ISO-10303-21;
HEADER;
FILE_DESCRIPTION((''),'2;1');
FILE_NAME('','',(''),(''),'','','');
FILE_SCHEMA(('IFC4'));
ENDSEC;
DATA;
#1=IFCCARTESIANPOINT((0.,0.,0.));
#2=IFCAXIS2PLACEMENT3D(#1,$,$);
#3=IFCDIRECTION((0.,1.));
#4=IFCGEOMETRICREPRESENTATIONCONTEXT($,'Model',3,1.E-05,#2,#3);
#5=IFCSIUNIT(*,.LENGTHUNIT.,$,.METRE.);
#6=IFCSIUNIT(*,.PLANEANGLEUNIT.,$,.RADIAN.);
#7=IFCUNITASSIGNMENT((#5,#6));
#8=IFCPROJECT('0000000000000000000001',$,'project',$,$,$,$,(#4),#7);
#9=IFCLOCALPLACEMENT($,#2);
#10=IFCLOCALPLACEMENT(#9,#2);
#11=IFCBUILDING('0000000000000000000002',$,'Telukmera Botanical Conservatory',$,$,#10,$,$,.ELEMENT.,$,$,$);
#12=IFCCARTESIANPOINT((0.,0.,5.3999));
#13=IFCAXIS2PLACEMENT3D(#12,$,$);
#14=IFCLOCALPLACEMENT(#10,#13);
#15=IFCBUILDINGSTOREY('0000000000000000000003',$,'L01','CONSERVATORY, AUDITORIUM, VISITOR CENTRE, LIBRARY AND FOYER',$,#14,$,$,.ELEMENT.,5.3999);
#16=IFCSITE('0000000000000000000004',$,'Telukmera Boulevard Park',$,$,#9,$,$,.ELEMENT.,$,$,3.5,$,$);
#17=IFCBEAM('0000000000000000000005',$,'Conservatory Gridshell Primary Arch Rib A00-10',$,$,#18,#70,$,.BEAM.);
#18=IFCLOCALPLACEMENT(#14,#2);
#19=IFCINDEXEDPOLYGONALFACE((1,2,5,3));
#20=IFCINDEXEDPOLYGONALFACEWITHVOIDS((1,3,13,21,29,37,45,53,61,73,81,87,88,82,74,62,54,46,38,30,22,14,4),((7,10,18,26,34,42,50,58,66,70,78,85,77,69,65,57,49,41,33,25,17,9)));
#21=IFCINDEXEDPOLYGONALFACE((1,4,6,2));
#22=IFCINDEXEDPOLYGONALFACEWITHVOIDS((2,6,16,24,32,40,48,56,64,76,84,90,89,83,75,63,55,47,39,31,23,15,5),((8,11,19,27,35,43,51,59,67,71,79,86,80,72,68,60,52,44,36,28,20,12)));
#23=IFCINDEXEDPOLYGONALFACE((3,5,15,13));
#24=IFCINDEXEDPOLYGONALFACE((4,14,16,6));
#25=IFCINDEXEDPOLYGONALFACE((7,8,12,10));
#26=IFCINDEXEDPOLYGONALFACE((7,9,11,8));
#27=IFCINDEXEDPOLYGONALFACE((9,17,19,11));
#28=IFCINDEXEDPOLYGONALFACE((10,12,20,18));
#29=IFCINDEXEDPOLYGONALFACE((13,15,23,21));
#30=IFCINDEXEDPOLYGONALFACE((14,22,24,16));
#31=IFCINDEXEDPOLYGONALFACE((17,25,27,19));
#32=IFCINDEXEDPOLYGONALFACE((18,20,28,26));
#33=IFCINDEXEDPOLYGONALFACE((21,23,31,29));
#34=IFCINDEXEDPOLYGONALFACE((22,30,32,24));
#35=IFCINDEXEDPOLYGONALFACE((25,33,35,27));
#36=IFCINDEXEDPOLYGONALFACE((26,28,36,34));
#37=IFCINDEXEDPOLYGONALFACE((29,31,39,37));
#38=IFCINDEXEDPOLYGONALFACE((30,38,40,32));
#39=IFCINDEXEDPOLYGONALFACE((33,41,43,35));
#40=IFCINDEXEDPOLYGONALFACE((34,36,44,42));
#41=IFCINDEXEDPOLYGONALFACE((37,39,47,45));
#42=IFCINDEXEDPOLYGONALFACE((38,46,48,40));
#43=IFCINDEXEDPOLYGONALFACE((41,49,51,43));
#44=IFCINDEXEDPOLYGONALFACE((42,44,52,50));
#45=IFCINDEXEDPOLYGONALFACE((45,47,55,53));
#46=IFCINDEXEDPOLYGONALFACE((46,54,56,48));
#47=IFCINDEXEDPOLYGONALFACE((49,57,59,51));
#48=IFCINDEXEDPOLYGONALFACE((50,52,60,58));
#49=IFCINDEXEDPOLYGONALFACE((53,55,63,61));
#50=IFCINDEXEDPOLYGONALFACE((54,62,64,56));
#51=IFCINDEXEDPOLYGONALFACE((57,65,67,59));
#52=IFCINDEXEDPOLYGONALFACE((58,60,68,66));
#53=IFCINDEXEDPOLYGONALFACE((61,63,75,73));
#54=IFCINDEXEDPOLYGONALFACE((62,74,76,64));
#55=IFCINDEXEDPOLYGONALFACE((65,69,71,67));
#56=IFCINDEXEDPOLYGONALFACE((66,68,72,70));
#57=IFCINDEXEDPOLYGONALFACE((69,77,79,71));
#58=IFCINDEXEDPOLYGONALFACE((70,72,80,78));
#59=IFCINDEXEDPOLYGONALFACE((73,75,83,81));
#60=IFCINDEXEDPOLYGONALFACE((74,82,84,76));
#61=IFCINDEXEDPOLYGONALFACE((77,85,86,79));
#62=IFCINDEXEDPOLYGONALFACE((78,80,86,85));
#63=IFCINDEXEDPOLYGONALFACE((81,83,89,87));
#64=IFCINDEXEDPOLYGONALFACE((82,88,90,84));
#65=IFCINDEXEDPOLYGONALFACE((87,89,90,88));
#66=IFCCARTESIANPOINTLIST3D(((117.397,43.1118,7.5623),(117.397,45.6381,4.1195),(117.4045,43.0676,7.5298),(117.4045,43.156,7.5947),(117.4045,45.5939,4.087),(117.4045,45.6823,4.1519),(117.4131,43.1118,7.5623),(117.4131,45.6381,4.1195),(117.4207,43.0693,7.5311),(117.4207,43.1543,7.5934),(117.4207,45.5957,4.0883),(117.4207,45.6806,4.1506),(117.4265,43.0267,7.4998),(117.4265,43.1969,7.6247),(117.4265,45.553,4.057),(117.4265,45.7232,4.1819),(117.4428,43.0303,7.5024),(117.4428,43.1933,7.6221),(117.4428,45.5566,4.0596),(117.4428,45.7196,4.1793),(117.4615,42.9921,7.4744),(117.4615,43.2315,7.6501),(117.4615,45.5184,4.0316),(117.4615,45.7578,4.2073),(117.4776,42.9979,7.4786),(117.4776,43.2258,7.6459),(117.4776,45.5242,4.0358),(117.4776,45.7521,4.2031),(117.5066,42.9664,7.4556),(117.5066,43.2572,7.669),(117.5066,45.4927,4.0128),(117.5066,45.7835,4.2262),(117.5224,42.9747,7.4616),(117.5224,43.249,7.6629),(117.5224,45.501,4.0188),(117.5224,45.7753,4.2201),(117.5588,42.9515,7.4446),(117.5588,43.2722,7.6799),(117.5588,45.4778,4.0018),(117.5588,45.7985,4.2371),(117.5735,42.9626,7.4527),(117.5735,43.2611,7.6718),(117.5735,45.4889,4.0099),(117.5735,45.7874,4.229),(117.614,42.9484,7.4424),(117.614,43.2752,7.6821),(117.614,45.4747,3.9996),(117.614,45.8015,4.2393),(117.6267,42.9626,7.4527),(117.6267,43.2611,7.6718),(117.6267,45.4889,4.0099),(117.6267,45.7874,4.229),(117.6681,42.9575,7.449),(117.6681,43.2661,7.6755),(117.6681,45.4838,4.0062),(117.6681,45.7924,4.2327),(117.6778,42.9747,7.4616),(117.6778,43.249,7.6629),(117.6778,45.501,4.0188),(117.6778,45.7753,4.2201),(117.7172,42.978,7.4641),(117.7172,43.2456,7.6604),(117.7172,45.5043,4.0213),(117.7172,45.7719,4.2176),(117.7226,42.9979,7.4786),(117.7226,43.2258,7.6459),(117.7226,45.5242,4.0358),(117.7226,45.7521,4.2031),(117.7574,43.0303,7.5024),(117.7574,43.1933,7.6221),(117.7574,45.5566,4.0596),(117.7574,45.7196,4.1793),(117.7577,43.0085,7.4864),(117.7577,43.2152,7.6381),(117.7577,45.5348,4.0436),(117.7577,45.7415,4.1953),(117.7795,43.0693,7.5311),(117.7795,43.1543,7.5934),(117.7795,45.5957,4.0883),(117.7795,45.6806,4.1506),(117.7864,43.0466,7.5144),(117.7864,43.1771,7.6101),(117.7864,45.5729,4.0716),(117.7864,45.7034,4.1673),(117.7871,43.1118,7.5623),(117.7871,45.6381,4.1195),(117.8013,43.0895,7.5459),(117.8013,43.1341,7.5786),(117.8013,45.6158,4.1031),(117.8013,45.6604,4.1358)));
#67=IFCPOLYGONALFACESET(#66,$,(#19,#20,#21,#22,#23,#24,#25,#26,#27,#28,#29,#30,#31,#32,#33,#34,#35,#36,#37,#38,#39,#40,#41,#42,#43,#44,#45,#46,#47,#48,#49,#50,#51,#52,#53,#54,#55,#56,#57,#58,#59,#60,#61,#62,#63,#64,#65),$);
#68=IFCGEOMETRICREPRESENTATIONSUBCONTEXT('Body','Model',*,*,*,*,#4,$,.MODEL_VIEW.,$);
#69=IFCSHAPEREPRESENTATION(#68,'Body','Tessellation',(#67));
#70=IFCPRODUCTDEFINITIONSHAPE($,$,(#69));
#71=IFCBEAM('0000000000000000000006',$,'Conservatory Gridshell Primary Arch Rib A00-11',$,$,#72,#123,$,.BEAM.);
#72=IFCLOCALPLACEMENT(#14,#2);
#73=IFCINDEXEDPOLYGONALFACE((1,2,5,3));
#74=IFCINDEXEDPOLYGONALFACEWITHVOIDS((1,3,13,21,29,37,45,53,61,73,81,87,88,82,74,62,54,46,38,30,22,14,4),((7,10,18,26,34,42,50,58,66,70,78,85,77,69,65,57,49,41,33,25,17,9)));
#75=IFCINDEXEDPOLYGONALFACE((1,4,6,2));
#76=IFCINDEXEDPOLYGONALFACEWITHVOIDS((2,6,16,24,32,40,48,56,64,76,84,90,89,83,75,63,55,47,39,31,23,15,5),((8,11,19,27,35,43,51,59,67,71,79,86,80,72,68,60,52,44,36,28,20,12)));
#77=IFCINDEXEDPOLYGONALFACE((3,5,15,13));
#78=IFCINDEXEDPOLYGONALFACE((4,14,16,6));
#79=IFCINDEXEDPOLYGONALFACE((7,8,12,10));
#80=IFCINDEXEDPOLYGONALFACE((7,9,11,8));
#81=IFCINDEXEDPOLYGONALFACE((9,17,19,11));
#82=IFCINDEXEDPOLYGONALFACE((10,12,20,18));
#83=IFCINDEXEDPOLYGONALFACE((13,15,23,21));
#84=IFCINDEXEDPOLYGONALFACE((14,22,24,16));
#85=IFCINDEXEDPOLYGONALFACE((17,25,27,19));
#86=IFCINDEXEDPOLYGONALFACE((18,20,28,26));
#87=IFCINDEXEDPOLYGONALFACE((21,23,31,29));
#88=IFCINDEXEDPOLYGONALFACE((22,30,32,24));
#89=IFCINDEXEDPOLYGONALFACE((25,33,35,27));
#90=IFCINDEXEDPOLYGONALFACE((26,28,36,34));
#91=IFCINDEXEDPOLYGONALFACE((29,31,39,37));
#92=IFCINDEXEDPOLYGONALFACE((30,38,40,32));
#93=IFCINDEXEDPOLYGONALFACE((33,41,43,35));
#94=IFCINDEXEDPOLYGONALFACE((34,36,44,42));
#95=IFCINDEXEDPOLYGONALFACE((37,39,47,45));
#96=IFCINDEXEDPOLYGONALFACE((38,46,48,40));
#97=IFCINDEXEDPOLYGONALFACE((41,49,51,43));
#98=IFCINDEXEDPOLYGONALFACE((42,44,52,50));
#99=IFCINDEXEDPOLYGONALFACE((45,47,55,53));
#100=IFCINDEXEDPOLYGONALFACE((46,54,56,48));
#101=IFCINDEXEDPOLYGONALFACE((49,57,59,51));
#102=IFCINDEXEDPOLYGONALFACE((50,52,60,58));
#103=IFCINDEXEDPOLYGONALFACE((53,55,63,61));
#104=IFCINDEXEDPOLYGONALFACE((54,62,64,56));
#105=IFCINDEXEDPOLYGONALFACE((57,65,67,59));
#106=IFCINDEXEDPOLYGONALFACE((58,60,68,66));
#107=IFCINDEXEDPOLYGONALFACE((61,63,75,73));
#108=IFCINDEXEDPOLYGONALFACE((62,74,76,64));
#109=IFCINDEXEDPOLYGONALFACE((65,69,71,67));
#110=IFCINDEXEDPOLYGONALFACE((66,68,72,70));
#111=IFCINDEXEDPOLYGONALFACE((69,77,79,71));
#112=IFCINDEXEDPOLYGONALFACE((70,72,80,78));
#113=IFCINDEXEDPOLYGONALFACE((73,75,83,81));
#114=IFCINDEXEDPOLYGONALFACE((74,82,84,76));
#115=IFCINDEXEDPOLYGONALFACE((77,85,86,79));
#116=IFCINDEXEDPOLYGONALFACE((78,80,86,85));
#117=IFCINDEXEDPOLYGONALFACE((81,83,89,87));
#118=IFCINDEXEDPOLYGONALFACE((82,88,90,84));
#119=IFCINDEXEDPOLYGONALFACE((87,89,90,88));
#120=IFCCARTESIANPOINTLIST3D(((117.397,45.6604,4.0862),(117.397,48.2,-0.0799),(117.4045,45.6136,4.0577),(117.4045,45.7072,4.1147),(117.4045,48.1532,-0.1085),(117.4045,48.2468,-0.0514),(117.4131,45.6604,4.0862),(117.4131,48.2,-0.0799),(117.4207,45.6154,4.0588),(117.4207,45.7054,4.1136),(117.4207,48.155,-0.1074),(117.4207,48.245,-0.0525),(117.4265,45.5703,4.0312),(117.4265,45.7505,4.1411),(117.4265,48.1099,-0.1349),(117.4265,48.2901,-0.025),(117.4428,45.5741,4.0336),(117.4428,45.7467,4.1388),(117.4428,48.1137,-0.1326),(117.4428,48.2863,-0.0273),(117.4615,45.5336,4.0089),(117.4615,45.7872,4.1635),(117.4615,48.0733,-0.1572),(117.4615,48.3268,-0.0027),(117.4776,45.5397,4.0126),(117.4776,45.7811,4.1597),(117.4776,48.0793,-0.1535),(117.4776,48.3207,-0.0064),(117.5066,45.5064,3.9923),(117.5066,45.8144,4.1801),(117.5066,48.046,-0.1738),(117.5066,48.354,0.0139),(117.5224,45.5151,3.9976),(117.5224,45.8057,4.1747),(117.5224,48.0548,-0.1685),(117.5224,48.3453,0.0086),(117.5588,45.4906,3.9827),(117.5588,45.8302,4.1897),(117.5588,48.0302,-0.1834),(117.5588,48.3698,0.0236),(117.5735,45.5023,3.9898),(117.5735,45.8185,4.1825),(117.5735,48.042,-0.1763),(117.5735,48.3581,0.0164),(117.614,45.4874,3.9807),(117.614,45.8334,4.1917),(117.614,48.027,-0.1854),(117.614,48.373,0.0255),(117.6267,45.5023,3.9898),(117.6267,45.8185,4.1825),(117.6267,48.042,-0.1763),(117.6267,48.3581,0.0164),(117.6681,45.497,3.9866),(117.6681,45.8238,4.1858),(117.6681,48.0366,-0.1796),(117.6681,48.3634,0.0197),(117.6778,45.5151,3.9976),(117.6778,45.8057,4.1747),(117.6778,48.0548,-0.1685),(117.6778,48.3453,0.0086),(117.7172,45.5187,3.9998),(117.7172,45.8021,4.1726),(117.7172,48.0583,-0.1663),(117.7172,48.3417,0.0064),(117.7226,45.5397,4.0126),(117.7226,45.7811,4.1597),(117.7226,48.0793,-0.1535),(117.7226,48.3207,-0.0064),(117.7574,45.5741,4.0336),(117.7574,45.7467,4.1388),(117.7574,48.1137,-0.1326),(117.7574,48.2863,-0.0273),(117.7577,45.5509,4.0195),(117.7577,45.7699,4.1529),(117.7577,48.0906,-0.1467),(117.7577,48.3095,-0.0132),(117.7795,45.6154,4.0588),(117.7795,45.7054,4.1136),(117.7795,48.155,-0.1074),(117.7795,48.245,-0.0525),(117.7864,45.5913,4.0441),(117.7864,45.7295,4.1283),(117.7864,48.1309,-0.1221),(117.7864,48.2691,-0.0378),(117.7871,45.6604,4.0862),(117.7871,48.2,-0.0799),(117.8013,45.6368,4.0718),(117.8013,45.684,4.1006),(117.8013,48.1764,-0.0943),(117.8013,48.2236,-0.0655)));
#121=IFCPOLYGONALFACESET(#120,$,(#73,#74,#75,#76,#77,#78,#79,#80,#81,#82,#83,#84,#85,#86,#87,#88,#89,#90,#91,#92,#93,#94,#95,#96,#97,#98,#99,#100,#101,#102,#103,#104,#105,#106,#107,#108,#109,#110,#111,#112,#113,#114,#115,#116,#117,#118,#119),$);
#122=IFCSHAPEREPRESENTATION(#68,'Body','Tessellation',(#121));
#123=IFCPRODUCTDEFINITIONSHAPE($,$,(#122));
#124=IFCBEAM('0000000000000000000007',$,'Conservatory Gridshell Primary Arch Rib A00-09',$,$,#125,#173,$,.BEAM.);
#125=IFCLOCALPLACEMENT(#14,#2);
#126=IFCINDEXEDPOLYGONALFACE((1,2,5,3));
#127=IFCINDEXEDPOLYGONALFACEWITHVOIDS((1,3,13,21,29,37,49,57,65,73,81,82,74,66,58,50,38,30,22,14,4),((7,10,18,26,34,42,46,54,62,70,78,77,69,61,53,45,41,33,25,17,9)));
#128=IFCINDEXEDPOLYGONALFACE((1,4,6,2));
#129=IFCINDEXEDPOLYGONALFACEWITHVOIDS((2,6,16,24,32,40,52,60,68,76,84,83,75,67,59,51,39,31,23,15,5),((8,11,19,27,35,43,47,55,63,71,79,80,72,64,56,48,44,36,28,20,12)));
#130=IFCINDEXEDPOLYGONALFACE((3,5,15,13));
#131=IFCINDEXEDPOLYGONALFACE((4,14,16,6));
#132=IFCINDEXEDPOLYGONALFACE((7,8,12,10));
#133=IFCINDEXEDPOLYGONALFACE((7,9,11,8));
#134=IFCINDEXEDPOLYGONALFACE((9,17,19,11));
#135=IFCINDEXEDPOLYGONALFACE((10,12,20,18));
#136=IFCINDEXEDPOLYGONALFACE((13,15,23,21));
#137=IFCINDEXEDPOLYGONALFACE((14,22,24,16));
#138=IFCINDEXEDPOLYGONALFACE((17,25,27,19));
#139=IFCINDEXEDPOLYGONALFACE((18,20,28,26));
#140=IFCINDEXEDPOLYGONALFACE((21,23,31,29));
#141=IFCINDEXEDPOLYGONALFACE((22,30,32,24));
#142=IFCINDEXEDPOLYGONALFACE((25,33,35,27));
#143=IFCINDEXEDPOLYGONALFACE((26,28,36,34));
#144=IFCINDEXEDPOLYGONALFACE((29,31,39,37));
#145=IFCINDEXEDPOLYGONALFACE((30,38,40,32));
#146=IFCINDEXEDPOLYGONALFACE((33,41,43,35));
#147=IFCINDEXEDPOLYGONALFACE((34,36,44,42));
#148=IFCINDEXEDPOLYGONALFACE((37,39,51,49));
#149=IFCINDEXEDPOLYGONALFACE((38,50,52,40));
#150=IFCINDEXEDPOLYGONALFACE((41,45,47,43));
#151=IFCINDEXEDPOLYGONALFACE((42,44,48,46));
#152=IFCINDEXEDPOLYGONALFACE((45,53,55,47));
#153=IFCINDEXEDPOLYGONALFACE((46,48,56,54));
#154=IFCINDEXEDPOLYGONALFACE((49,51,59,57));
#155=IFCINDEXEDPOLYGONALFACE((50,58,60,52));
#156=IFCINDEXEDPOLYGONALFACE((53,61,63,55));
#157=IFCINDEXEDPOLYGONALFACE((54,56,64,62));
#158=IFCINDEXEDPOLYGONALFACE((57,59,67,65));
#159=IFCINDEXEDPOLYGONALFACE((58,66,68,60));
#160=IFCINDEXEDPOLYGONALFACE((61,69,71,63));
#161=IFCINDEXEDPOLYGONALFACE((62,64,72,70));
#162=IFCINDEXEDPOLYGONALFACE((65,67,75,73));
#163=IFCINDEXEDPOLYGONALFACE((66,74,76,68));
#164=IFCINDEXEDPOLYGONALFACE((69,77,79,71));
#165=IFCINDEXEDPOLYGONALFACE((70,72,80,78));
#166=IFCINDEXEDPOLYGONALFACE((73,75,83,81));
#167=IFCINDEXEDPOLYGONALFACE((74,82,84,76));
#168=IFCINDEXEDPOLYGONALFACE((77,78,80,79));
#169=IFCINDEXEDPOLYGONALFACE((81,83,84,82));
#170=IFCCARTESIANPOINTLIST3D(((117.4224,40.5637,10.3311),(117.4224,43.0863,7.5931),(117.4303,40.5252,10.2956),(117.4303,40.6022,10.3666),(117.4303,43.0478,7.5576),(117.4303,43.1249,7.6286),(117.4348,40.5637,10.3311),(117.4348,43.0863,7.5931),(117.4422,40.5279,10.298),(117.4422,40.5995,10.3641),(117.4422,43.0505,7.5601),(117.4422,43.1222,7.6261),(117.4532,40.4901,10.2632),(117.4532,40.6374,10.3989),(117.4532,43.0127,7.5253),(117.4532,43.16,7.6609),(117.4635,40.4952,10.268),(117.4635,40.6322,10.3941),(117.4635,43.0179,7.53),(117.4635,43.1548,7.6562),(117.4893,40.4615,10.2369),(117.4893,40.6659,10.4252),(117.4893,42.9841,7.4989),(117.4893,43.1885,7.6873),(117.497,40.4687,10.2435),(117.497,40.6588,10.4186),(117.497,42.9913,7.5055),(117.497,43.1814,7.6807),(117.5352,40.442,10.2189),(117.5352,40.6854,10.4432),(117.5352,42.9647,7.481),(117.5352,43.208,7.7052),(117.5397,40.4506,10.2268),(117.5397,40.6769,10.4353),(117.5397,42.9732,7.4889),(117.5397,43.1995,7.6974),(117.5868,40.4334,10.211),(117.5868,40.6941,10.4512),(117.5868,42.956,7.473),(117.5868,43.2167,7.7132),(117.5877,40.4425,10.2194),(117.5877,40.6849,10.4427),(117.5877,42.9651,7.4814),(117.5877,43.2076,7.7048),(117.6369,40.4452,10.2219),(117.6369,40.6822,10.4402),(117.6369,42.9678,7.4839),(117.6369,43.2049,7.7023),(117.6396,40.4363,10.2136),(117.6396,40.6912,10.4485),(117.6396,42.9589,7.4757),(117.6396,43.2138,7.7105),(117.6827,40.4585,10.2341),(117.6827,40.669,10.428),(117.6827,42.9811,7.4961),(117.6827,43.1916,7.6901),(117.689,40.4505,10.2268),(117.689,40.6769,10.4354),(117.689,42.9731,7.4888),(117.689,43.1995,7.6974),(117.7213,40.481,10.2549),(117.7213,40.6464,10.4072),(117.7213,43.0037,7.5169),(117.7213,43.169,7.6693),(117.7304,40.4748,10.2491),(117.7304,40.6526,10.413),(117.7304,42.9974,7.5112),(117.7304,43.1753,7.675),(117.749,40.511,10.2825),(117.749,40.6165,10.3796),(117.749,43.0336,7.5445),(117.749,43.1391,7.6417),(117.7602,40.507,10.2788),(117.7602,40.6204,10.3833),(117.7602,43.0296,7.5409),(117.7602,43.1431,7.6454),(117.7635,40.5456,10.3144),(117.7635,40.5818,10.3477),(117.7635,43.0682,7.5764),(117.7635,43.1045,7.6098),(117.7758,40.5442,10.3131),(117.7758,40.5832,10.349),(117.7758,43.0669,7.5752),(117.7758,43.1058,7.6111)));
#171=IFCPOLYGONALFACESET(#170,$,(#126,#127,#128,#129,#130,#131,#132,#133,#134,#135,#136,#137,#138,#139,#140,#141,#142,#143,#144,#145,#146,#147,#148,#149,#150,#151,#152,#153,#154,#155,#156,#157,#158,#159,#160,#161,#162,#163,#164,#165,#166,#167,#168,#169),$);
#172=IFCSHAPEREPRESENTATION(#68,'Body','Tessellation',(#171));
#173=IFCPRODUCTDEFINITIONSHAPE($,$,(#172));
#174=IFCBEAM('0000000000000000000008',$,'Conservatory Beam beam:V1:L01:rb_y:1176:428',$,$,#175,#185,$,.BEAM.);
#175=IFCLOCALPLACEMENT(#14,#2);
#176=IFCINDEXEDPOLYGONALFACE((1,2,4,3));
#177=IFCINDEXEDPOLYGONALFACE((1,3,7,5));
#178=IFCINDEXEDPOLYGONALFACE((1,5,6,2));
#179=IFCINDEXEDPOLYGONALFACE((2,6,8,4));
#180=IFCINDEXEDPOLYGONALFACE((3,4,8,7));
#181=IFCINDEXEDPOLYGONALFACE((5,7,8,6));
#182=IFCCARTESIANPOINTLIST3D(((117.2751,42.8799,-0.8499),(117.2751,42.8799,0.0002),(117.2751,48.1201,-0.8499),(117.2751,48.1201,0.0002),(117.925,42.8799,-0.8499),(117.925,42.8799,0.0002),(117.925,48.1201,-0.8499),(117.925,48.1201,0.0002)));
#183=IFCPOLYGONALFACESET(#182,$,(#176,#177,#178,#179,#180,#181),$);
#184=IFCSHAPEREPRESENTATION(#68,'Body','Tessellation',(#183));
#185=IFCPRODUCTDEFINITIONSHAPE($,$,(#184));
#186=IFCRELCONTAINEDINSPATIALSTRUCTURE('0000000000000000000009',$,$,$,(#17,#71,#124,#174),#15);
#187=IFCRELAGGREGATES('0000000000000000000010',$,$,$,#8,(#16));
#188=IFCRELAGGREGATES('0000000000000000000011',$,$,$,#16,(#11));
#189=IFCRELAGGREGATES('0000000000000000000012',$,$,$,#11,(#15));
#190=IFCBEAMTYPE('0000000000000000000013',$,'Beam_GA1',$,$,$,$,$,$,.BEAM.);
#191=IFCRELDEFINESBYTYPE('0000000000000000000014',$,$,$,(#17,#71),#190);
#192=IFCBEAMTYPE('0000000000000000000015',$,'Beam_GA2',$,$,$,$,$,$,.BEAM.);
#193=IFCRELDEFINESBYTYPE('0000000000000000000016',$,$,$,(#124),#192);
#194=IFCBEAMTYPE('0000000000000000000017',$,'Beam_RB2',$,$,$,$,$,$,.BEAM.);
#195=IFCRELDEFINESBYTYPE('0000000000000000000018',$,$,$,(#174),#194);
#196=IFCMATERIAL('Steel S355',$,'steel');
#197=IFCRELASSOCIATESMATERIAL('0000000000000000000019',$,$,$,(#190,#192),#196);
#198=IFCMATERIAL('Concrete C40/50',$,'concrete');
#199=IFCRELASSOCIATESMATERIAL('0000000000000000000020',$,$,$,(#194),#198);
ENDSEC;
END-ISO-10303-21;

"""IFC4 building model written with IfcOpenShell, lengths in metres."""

from ifc_helpers import new_model, si_unit, direction, frame, origin, origin_2d, place, context, subcontext, project, spatial, rectangle, hollow_circle, extrude, material, material_profile, profile_set, type_object, element, save


model = new_model("IFC4")

# Units and contexts
model_context = context("Model", 3, precision=1e-05, world=origin(), true_north=direction((0.0, 1.0)))
body_context = subcontext(model_context, "Body", "Model", "MODEL_VIEW")
ifc_project = project(units=[si_unit("LENGTHUNIT", "METRE"), si_unit("PLANEANGLEUNIT", "RADIAN")], contexts=[model_context])

# Site, building, storey
site_placement = place(None, origin())
site = spatial("IfcSite", under=ifc_project, at=site_placement, Name="Telukmera Boulevard Park", CompositionType="ELEMENT", RefElevation=3.5)
building_placement = place(site_placement, origin())
building = spatial("IfcBuilding", under=site, at=building_placement, Name="Telukmera Botanical Conservatory", CompositionType="ELEMENT")
storey_placement = place(building_placement, frame((0.0, 0.0, 5.3999)))
storey = spatial("IfcBuildingStorey", under=building, at=storey_placement, Name="L01", Description="CONSERVATORY, AUDITORIUM, VISITOR CENTRE, LIBRARY AND FOYER", CompositionType="ELEMENT", Elevation=5.3999)

# Beams
ifc_material_1 = material(Name="Steel S355", Category="steel")
ifc_material_profile_1 = material_profile(ifc_material_1, hollow_circle(Radius=0.2031, WallThickness=0.0161, at=origin_2d()), Name="CHS 406.4x16.0")
ifc_profile_set_1 = profile_set([ifc_material_profile_1], Name="Steel S355")
beam_type_1 = type_object("IfcBeamType", Name="Beam_GA1", PredefinedType="BEAM", material=ifc_profile_set_1)
beam_1_placement = place(storey_placement, frame((117.6001, 43.1118, 7.5623), z_axis=(0.0, 0.591607, -0.806227), x_axis=(-1.0, 0.0, 0.0)))
element("IfcBeam", 1, at=beam_1_placement, inside=storey, type_object=beam_type_1, Name="Conservatory Gridshell Primary Arch Rib A00-10", PredefinedType="BEAM", context=body_context, shape_type="SweptSolid", body=[
    extrude(hollow_circle(Radius=0.2031, WallThickness=0.0161, at=origin_2d()), origin(), (0.0, 0.0, 1.0), 4.2703),
])
beam_2_placement = place(storey_placement, frame((117.6001, 45.6604, 4.0862), z_axis=(0.0, 0.520502, -0.85386), x_axis=(-1.0, 0.0, 0.0)))
element("IfcBeam", 2, at=beam_2_placement, inside=storey, type_object=beam_type_1, Name="Conservatory Gridshell Primary Arch Rib A00-11", PredefinedType="BEAM", context=body_context, shape_type="SweptSolid", body=[
    extrude(hollow_circle(Radius=0.2031, WallThickness=0.0161, at=origin_2d()), origin(), (0.0, 0.0, 1.0), 4.8792),
])
ifc_material_profile_2 = material_profile(ifc_material_1, hollow_circle(Radius=0.1777, WallThickness=0.0125, at=origin_2d()), Name="CHS 355.6x12.5")
ifc_profile_set_2 = profile_set([ifc_material_profile_2], Name="Steel S355")
beam_type_2 = type_object("IfcBeamType", Name="Beam_GA2", PredefinedType="BEAM", material=ifc_profile_set_2)
beam_3_placement = place(storey_placement, frame((117.6001, 40.5637, 10.3311), z_axis=(0.0, 0.677596, -0.735434), x_axis=(-1.0, 0.0, 0.0)))
element("IfcBeam", 3, at=beam_3_placement, inside=storey, type_object=beam_type_2, Name="Conservatory Gridshell Primary Arch Rib A00-09", PredefinedType="BEAM", context=body_context, shape_type="SweptSolid", body=[
    extrude(hollow_circle(Radius=0.1777, WallThickness=0.0125, at=origin_2d()), origin(), (0.0, 0.0, 1.0), 3.7229),
])
ifc_material_2 = material(Name="Concrete C40/50", Category="concrete")
ifc_material_profile_3 = material_profile(ifc_material_2, rectangle(XDim=0.6499, YDim=0.8501, at=origin_2d()), Name="RC 650x850")
ifc_profile_set_3 = profile_set([ifc_material_profile_3], Name="Concrete C40/50")
beam_type_3 = type_object("IfcBeamType", Name="Beam_RB2", PredefinedType="BEAM", material=ifc_profile_set_3)
beam_4_placement = place(storey_placement, frame((117.6001, 42.8799, -0.4248), z_axis=(0.0, 1.0, 0.0), x_axis=(-1.0, 0.0, 0.0)))
element("IfcBeam", 4, at=beam_4_placement, inside=storey, type_object=beam_type_3, Name="Conservatory Beam beam:V1:L01:rb_y:1176:428", PredefinedType="BEAM", context=body_context, shape_type="SweptSolid", body=[
    extrude(rectangle(XDim=0.6499, YDim=0.8501, at=origin_2d()), origin(), (0.0, 0.0, 1.0), 5.2402),
])

save(model, "model.ifc")
